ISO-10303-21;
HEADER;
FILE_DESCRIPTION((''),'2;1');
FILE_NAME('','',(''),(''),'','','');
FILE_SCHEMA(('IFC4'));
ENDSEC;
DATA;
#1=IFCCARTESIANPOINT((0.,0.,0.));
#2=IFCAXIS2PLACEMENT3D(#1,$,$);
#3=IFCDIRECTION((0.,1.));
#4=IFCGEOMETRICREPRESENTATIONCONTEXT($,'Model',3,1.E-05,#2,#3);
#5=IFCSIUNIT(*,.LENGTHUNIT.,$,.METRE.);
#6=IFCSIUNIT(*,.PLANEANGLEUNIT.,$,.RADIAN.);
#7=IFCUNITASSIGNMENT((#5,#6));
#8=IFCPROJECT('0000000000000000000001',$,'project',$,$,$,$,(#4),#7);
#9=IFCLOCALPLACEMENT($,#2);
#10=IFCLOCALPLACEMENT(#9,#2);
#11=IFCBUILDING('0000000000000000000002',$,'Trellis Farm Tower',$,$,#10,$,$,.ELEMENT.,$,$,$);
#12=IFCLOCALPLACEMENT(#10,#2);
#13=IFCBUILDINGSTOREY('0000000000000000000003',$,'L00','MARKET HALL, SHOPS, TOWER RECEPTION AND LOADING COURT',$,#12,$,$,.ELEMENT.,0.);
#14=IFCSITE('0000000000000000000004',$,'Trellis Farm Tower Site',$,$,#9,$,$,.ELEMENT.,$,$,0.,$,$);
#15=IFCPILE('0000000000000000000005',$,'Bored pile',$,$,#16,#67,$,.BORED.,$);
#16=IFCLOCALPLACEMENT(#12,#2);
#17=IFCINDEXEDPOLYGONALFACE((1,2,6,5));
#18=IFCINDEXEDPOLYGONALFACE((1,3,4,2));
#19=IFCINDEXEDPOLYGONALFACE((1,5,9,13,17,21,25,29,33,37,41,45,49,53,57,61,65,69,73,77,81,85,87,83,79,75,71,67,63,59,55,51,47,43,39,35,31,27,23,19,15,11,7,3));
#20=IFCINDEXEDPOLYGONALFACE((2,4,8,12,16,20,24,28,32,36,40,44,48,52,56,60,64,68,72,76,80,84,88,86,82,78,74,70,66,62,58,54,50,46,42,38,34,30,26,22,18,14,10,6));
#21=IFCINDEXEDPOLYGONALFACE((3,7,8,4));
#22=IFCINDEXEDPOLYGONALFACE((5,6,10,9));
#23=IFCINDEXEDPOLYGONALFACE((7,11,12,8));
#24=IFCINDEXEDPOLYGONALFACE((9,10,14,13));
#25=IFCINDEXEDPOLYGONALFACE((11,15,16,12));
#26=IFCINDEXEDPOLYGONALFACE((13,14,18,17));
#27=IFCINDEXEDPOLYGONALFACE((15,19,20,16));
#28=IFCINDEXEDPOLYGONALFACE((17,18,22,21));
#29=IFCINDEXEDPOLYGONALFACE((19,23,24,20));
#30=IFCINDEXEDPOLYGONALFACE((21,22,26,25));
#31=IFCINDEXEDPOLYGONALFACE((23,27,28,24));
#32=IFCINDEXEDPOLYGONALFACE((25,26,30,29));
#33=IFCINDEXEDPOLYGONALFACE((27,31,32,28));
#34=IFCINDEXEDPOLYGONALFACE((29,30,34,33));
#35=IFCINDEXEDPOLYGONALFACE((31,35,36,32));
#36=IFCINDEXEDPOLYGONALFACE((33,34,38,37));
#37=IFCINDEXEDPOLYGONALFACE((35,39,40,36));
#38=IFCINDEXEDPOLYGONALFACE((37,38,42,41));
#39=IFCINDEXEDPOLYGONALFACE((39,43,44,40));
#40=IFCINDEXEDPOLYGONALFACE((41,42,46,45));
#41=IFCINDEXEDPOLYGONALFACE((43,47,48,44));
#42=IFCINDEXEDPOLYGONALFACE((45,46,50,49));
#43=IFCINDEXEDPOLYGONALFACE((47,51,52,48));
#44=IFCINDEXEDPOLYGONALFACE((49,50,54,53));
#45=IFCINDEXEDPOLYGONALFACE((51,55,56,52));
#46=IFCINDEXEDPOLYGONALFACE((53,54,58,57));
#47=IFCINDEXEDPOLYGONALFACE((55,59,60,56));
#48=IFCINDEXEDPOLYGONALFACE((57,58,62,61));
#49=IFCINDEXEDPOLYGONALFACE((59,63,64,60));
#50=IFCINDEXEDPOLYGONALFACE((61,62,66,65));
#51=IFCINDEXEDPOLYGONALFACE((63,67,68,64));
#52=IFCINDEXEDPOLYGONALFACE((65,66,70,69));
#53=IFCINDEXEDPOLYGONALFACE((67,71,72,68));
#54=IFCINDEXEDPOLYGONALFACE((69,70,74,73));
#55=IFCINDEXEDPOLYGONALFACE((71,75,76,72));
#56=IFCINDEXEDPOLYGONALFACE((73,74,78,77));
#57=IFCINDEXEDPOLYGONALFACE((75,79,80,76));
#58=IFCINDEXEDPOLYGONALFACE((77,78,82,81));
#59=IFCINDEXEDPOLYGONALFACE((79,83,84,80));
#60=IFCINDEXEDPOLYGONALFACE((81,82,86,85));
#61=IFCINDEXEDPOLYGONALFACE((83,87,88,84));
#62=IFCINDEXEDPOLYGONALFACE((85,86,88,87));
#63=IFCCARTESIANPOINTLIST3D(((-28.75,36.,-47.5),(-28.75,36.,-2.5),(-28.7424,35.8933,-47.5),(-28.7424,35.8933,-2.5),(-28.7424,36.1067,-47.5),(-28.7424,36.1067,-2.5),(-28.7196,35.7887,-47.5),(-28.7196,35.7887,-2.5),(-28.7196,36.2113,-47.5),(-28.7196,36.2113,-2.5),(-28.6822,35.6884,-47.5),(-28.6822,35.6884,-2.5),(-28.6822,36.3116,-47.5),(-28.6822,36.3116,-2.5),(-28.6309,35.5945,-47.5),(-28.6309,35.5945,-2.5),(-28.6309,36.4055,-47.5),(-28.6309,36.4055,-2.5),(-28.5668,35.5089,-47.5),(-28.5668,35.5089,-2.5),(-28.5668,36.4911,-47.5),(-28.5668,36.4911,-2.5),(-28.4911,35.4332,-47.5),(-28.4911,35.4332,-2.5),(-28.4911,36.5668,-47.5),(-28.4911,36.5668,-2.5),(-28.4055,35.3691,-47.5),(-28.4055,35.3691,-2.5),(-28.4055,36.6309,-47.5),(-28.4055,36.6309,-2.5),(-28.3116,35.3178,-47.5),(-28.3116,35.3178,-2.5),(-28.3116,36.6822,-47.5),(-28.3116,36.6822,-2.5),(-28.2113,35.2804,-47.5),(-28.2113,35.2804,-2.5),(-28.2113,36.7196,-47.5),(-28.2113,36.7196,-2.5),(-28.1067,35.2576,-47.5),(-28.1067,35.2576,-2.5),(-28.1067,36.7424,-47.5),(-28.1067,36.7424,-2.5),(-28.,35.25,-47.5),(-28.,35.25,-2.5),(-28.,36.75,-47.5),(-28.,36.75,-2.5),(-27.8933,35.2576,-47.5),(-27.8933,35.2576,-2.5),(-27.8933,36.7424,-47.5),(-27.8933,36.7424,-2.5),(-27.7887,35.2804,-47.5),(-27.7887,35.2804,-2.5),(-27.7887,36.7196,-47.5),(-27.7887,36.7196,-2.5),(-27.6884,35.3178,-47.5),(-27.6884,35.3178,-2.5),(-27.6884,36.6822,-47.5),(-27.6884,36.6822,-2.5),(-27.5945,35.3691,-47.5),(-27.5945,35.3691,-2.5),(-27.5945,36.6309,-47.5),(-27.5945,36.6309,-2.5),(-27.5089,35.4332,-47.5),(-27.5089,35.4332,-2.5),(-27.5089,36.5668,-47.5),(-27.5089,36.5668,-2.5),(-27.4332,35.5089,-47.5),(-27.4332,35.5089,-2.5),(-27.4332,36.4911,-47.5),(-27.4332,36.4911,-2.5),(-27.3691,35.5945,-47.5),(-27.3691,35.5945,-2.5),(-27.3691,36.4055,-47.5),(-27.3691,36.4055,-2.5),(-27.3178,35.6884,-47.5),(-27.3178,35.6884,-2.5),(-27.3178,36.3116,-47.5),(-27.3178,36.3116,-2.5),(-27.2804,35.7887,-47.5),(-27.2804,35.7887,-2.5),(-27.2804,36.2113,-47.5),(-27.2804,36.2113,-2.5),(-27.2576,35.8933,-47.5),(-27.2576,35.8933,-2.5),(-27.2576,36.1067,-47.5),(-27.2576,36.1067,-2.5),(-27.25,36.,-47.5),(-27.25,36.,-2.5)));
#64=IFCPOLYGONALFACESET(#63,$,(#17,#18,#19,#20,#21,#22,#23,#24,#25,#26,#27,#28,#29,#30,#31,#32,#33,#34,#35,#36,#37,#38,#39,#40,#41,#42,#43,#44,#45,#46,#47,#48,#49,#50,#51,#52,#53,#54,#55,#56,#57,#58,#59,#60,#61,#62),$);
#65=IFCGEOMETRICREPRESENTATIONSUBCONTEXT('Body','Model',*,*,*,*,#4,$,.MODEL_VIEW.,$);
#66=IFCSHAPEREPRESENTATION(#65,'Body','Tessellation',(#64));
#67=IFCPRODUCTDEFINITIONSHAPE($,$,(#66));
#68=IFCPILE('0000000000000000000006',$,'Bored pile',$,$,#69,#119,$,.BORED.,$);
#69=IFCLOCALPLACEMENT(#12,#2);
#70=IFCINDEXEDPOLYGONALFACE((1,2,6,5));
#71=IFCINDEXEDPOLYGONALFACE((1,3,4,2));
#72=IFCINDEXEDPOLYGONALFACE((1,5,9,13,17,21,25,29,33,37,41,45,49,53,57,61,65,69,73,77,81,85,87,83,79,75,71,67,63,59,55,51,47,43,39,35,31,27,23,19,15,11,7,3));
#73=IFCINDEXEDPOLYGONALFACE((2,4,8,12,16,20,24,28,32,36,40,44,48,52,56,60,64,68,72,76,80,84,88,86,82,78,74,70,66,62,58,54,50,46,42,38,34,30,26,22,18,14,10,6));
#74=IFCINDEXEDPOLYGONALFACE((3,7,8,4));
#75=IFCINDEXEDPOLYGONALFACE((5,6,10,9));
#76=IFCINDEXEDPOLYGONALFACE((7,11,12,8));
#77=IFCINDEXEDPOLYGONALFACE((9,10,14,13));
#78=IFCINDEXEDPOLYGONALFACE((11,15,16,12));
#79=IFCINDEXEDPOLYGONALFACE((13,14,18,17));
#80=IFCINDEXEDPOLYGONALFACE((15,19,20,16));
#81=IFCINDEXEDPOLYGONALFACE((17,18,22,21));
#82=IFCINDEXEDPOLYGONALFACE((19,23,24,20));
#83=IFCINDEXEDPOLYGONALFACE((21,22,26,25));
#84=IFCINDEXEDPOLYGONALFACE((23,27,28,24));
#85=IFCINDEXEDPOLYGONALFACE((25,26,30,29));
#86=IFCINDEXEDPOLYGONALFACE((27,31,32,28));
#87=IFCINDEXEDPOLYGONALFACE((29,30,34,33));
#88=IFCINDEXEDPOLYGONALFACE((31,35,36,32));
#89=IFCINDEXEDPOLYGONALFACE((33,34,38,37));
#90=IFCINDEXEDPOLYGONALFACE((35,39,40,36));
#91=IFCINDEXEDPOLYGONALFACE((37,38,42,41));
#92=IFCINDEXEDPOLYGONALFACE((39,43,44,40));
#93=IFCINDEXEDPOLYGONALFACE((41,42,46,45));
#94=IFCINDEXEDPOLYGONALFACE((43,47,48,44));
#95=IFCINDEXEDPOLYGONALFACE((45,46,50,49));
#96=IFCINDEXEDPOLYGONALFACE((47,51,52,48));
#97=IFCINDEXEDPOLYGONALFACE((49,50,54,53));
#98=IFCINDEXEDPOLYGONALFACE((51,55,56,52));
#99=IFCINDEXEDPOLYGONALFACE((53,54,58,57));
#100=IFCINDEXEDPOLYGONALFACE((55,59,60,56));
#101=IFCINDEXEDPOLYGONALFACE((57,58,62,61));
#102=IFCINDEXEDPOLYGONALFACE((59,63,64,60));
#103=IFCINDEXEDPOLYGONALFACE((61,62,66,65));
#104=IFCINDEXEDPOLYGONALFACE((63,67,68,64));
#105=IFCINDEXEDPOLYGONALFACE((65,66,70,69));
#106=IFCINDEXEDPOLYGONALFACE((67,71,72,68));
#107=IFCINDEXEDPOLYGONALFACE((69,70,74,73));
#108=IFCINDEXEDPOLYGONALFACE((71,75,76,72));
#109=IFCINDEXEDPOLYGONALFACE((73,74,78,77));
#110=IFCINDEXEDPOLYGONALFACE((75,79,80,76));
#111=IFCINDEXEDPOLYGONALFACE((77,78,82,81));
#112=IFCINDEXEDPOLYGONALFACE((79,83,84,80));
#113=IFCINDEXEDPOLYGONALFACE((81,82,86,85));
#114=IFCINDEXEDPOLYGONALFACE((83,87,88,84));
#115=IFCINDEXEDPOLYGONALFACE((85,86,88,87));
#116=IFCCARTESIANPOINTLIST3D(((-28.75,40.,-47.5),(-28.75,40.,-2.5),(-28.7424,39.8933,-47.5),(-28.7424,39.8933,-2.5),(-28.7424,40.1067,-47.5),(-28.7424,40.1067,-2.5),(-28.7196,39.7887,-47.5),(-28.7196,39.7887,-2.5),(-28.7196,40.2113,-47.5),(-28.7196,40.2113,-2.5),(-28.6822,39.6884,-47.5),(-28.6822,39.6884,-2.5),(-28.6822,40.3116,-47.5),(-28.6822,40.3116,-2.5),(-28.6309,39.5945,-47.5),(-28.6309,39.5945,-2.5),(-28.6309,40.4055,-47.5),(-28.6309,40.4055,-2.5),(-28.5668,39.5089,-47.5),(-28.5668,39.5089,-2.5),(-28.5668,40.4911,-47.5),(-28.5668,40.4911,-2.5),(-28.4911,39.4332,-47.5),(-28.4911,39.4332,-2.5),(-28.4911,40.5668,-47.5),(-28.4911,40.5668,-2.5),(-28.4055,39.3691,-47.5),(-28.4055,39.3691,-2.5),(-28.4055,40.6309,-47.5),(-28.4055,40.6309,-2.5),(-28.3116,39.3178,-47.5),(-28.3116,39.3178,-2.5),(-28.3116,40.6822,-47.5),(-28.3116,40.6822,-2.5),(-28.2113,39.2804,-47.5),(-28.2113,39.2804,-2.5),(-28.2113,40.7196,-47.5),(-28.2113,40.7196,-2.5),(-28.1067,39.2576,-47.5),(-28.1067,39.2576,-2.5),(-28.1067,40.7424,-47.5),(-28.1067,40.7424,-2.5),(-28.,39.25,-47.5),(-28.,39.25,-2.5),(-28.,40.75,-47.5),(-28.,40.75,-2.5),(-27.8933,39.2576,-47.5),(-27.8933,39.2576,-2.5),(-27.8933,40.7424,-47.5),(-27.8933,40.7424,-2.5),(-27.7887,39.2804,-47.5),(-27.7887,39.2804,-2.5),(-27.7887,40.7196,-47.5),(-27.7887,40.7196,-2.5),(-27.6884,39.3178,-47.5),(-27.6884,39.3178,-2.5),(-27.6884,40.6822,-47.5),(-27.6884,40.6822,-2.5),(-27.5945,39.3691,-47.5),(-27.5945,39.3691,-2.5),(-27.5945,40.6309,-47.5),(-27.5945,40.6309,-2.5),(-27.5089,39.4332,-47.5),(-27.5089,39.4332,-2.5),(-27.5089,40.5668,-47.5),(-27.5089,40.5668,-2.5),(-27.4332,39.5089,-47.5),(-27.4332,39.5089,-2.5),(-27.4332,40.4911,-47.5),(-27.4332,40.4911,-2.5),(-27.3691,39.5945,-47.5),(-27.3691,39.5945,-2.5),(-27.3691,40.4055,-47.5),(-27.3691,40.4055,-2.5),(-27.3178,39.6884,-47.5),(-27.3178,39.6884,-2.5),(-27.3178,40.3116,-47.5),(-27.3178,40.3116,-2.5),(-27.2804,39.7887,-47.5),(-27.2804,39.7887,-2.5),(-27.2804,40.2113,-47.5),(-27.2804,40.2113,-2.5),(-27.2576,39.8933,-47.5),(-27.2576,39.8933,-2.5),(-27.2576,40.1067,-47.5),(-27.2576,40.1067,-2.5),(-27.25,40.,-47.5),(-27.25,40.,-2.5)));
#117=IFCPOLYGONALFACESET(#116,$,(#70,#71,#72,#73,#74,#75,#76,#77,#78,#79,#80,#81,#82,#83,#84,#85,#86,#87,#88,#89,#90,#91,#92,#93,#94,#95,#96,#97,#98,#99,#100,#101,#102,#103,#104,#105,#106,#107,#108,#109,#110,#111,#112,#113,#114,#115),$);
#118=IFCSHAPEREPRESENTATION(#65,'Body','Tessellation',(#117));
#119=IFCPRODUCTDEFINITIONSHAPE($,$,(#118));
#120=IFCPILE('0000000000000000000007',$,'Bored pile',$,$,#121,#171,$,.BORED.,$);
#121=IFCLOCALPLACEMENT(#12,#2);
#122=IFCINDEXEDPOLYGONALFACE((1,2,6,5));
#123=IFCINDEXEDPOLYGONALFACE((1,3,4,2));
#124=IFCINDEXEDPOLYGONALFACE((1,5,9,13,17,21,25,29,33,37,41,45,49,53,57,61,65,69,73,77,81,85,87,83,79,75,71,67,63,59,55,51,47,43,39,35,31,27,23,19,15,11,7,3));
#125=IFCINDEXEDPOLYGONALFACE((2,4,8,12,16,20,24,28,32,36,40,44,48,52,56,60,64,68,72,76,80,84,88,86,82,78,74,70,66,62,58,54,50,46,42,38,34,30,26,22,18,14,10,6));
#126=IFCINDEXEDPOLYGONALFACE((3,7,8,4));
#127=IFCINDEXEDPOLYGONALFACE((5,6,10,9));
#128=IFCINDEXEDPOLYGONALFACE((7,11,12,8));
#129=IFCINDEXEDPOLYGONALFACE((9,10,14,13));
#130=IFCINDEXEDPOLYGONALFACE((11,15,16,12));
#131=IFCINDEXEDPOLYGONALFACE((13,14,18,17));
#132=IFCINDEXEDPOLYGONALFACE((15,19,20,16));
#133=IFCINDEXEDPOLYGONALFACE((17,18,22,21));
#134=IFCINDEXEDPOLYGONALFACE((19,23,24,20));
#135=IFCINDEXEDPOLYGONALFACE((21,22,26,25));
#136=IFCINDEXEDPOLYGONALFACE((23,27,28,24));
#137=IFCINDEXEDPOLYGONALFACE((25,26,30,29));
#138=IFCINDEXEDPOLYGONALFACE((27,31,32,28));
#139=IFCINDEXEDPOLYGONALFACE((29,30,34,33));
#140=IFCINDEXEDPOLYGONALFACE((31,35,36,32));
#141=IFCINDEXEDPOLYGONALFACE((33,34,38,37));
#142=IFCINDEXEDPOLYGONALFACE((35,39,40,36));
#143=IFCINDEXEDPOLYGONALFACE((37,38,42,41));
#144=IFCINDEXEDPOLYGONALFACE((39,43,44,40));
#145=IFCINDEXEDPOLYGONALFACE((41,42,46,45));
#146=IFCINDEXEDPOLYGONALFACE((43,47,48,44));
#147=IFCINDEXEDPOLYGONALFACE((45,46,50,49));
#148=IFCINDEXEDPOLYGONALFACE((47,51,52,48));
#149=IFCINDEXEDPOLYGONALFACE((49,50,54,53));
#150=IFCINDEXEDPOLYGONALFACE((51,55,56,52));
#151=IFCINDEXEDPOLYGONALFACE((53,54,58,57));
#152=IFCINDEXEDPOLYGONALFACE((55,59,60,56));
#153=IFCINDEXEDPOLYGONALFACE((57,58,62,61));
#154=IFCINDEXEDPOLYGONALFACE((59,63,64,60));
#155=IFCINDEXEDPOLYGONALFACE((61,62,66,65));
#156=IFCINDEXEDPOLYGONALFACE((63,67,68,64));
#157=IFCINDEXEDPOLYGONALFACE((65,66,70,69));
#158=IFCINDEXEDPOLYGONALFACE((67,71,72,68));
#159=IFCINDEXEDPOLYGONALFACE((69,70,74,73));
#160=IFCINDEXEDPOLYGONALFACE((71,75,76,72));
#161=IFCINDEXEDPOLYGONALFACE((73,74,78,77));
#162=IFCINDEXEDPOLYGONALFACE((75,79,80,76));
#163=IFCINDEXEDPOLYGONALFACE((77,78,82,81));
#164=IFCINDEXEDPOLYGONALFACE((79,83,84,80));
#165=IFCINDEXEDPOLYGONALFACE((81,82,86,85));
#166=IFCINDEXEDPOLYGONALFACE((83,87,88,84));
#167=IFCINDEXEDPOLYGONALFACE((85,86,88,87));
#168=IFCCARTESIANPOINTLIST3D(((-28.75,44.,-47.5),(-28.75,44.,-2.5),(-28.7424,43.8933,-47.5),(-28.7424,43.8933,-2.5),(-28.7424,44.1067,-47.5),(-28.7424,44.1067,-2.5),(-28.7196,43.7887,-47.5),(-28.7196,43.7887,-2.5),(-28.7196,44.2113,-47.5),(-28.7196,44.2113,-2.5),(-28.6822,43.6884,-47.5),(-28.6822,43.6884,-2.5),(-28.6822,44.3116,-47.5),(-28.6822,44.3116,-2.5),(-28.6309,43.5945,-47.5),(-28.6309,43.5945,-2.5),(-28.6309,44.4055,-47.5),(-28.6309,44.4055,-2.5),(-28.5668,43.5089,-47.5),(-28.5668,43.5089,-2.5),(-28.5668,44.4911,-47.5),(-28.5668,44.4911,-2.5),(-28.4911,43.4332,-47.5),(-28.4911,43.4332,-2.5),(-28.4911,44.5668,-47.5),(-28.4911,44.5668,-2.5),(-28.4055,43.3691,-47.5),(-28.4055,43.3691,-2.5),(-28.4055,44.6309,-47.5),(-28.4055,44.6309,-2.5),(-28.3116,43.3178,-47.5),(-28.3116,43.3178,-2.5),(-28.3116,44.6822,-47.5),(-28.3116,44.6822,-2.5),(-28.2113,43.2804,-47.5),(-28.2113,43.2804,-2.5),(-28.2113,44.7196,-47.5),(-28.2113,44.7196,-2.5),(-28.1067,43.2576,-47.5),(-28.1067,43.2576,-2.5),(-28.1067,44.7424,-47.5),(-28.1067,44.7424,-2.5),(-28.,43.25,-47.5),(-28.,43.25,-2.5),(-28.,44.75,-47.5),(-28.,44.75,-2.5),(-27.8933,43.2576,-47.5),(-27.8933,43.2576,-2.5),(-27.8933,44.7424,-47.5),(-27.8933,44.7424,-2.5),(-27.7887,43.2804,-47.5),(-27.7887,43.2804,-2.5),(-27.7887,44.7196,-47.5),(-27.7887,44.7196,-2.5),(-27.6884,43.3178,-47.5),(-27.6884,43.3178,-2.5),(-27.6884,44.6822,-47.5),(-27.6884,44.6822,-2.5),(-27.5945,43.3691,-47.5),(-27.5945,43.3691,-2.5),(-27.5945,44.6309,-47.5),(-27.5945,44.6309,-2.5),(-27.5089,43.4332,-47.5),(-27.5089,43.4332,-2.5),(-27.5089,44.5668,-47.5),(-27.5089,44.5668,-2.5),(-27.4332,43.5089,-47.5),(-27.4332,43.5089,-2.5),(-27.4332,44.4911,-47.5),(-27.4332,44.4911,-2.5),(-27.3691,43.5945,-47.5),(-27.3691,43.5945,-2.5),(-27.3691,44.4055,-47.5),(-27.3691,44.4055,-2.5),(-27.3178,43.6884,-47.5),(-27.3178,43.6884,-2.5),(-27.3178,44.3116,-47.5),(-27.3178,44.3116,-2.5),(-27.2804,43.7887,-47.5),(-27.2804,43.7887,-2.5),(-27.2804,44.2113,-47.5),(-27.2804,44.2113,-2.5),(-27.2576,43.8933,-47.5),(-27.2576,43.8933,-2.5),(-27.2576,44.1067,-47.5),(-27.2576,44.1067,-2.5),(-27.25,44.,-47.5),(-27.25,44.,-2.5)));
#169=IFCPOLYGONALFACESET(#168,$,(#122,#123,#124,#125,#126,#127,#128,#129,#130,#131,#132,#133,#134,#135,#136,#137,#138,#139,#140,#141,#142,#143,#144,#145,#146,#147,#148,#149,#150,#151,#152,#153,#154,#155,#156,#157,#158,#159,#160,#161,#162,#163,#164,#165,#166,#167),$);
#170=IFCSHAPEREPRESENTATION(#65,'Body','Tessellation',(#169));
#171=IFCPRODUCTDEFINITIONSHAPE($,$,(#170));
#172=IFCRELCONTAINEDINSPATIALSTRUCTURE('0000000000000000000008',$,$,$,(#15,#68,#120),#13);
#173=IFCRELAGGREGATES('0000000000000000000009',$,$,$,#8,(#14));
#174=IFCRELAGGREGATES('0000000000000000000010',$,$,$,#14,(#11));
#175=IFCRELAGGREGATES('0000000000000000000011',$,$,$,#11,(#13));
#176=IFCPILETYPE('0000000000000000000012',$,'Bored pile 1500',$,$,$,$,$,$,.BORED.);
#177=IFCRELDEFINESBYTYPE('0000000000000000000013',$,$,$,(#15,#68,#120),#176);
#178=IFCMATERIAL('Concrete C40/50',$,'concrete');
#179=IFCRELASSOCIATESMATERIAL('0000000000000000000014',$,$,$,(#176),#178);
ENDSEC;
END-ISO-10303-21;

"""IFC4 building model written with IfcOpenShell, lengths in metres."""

from ifc_helpers import new_model, si_unit, direction, frame, origin, origin_2d, place, context, subcontext, project, spatial, circle, extrude, source, transform, mapped, material, material_profile, profile_set, type_object, element, save


model = new_model("IFC4")

# Units and contexts
model_context = context("Model", 3, precision=1e-05, world=origin(), true_north=direction((0.0, 1.0)))
body_context = subcontext(model_context, "Body", "Model", "MODEL_VIEW")
ifc_project = project(units=[si_unit("LENGTHUNIT", "METRE"), si_unit("PLANEANGLEUNIT", "RADIAN")], contexts=[model_context])

# Site, building, storey
site_placement = place(None, origin())
site = spatial("IfcSite", under=ifc_project, at=site_placement, Name="Trellis Farm Tower Site", CompositionType="ELEMENT", RefElevation=0.0)
building_placement = place(site_placement, origin())
building = spatial("IfcBuilding", under=site, at=building_placement, Name="Trellis Farm Tower", CompositionType="ELEMENT")
storey_placement = place(building_placement, origin())
storey = spatial("IfcBuildingStorey", under=building, at=storey_placement, Name="L00", Description="MARKET HALL, SHOPS, TOWER RECEPTION AND LOADING COURT", CompositionType="ELEMENT", Elevation=0.0)

# Piles
ifc_material_1 = material(Name="Concrete C40/50", Category="concrete")
ifc_material_profile_1 = material_profile(ifc_material_1, circle(Radius=0.75, at=origin_2d()), Name="Bored pile 1500")
ifc_profile_set_1 = profile_set([ifc_material_profile_1], Name="Concrete C40/50")
pile_type = type_object("IfcPileType", Name="Bored pile 1500", PredefinedType="BORED", material=ifc_profile_set_1)
shared_shape_1 = source(origin(), body_context, "Body", "SweptSolid", [
    extrude(circle(Radius=0.75, at=origin_2d()), origin(), (0.0, 0.0, 1.0), 45.0),
])
for number, where, z_axis, x_axis, name in (
    (1, (-28.0, 36.0, -2.5), (0.0, 0.0, -1.0), (1.0, 0.0, 0.0), "Bored pile"),
    (2, (-28.0, 40.0, -2.5), (0.0, 0.0, -1.0), (1.0, 0.0, 0.0), "Bored pile"),
    (3, (-28.0, 44.0, -2.5), (0.0, 0.0, -1.0), (1.0, 0.0, 0.0), "Bored pile"),
):
    element("IfcPile", number, at=place(storey_placement, frame(where, z_axis=z_axis, x_axis=x_axis)), inside=storey, type_object=pile_type, Name=name, PredefinedType="BORED", context=body_context, shape_type="MappedRepresentation", body=[
        mapped(shared_shape_1, transform((0.0, 0.0, 0.0))),
    ])

save(model, "model.ifc")
